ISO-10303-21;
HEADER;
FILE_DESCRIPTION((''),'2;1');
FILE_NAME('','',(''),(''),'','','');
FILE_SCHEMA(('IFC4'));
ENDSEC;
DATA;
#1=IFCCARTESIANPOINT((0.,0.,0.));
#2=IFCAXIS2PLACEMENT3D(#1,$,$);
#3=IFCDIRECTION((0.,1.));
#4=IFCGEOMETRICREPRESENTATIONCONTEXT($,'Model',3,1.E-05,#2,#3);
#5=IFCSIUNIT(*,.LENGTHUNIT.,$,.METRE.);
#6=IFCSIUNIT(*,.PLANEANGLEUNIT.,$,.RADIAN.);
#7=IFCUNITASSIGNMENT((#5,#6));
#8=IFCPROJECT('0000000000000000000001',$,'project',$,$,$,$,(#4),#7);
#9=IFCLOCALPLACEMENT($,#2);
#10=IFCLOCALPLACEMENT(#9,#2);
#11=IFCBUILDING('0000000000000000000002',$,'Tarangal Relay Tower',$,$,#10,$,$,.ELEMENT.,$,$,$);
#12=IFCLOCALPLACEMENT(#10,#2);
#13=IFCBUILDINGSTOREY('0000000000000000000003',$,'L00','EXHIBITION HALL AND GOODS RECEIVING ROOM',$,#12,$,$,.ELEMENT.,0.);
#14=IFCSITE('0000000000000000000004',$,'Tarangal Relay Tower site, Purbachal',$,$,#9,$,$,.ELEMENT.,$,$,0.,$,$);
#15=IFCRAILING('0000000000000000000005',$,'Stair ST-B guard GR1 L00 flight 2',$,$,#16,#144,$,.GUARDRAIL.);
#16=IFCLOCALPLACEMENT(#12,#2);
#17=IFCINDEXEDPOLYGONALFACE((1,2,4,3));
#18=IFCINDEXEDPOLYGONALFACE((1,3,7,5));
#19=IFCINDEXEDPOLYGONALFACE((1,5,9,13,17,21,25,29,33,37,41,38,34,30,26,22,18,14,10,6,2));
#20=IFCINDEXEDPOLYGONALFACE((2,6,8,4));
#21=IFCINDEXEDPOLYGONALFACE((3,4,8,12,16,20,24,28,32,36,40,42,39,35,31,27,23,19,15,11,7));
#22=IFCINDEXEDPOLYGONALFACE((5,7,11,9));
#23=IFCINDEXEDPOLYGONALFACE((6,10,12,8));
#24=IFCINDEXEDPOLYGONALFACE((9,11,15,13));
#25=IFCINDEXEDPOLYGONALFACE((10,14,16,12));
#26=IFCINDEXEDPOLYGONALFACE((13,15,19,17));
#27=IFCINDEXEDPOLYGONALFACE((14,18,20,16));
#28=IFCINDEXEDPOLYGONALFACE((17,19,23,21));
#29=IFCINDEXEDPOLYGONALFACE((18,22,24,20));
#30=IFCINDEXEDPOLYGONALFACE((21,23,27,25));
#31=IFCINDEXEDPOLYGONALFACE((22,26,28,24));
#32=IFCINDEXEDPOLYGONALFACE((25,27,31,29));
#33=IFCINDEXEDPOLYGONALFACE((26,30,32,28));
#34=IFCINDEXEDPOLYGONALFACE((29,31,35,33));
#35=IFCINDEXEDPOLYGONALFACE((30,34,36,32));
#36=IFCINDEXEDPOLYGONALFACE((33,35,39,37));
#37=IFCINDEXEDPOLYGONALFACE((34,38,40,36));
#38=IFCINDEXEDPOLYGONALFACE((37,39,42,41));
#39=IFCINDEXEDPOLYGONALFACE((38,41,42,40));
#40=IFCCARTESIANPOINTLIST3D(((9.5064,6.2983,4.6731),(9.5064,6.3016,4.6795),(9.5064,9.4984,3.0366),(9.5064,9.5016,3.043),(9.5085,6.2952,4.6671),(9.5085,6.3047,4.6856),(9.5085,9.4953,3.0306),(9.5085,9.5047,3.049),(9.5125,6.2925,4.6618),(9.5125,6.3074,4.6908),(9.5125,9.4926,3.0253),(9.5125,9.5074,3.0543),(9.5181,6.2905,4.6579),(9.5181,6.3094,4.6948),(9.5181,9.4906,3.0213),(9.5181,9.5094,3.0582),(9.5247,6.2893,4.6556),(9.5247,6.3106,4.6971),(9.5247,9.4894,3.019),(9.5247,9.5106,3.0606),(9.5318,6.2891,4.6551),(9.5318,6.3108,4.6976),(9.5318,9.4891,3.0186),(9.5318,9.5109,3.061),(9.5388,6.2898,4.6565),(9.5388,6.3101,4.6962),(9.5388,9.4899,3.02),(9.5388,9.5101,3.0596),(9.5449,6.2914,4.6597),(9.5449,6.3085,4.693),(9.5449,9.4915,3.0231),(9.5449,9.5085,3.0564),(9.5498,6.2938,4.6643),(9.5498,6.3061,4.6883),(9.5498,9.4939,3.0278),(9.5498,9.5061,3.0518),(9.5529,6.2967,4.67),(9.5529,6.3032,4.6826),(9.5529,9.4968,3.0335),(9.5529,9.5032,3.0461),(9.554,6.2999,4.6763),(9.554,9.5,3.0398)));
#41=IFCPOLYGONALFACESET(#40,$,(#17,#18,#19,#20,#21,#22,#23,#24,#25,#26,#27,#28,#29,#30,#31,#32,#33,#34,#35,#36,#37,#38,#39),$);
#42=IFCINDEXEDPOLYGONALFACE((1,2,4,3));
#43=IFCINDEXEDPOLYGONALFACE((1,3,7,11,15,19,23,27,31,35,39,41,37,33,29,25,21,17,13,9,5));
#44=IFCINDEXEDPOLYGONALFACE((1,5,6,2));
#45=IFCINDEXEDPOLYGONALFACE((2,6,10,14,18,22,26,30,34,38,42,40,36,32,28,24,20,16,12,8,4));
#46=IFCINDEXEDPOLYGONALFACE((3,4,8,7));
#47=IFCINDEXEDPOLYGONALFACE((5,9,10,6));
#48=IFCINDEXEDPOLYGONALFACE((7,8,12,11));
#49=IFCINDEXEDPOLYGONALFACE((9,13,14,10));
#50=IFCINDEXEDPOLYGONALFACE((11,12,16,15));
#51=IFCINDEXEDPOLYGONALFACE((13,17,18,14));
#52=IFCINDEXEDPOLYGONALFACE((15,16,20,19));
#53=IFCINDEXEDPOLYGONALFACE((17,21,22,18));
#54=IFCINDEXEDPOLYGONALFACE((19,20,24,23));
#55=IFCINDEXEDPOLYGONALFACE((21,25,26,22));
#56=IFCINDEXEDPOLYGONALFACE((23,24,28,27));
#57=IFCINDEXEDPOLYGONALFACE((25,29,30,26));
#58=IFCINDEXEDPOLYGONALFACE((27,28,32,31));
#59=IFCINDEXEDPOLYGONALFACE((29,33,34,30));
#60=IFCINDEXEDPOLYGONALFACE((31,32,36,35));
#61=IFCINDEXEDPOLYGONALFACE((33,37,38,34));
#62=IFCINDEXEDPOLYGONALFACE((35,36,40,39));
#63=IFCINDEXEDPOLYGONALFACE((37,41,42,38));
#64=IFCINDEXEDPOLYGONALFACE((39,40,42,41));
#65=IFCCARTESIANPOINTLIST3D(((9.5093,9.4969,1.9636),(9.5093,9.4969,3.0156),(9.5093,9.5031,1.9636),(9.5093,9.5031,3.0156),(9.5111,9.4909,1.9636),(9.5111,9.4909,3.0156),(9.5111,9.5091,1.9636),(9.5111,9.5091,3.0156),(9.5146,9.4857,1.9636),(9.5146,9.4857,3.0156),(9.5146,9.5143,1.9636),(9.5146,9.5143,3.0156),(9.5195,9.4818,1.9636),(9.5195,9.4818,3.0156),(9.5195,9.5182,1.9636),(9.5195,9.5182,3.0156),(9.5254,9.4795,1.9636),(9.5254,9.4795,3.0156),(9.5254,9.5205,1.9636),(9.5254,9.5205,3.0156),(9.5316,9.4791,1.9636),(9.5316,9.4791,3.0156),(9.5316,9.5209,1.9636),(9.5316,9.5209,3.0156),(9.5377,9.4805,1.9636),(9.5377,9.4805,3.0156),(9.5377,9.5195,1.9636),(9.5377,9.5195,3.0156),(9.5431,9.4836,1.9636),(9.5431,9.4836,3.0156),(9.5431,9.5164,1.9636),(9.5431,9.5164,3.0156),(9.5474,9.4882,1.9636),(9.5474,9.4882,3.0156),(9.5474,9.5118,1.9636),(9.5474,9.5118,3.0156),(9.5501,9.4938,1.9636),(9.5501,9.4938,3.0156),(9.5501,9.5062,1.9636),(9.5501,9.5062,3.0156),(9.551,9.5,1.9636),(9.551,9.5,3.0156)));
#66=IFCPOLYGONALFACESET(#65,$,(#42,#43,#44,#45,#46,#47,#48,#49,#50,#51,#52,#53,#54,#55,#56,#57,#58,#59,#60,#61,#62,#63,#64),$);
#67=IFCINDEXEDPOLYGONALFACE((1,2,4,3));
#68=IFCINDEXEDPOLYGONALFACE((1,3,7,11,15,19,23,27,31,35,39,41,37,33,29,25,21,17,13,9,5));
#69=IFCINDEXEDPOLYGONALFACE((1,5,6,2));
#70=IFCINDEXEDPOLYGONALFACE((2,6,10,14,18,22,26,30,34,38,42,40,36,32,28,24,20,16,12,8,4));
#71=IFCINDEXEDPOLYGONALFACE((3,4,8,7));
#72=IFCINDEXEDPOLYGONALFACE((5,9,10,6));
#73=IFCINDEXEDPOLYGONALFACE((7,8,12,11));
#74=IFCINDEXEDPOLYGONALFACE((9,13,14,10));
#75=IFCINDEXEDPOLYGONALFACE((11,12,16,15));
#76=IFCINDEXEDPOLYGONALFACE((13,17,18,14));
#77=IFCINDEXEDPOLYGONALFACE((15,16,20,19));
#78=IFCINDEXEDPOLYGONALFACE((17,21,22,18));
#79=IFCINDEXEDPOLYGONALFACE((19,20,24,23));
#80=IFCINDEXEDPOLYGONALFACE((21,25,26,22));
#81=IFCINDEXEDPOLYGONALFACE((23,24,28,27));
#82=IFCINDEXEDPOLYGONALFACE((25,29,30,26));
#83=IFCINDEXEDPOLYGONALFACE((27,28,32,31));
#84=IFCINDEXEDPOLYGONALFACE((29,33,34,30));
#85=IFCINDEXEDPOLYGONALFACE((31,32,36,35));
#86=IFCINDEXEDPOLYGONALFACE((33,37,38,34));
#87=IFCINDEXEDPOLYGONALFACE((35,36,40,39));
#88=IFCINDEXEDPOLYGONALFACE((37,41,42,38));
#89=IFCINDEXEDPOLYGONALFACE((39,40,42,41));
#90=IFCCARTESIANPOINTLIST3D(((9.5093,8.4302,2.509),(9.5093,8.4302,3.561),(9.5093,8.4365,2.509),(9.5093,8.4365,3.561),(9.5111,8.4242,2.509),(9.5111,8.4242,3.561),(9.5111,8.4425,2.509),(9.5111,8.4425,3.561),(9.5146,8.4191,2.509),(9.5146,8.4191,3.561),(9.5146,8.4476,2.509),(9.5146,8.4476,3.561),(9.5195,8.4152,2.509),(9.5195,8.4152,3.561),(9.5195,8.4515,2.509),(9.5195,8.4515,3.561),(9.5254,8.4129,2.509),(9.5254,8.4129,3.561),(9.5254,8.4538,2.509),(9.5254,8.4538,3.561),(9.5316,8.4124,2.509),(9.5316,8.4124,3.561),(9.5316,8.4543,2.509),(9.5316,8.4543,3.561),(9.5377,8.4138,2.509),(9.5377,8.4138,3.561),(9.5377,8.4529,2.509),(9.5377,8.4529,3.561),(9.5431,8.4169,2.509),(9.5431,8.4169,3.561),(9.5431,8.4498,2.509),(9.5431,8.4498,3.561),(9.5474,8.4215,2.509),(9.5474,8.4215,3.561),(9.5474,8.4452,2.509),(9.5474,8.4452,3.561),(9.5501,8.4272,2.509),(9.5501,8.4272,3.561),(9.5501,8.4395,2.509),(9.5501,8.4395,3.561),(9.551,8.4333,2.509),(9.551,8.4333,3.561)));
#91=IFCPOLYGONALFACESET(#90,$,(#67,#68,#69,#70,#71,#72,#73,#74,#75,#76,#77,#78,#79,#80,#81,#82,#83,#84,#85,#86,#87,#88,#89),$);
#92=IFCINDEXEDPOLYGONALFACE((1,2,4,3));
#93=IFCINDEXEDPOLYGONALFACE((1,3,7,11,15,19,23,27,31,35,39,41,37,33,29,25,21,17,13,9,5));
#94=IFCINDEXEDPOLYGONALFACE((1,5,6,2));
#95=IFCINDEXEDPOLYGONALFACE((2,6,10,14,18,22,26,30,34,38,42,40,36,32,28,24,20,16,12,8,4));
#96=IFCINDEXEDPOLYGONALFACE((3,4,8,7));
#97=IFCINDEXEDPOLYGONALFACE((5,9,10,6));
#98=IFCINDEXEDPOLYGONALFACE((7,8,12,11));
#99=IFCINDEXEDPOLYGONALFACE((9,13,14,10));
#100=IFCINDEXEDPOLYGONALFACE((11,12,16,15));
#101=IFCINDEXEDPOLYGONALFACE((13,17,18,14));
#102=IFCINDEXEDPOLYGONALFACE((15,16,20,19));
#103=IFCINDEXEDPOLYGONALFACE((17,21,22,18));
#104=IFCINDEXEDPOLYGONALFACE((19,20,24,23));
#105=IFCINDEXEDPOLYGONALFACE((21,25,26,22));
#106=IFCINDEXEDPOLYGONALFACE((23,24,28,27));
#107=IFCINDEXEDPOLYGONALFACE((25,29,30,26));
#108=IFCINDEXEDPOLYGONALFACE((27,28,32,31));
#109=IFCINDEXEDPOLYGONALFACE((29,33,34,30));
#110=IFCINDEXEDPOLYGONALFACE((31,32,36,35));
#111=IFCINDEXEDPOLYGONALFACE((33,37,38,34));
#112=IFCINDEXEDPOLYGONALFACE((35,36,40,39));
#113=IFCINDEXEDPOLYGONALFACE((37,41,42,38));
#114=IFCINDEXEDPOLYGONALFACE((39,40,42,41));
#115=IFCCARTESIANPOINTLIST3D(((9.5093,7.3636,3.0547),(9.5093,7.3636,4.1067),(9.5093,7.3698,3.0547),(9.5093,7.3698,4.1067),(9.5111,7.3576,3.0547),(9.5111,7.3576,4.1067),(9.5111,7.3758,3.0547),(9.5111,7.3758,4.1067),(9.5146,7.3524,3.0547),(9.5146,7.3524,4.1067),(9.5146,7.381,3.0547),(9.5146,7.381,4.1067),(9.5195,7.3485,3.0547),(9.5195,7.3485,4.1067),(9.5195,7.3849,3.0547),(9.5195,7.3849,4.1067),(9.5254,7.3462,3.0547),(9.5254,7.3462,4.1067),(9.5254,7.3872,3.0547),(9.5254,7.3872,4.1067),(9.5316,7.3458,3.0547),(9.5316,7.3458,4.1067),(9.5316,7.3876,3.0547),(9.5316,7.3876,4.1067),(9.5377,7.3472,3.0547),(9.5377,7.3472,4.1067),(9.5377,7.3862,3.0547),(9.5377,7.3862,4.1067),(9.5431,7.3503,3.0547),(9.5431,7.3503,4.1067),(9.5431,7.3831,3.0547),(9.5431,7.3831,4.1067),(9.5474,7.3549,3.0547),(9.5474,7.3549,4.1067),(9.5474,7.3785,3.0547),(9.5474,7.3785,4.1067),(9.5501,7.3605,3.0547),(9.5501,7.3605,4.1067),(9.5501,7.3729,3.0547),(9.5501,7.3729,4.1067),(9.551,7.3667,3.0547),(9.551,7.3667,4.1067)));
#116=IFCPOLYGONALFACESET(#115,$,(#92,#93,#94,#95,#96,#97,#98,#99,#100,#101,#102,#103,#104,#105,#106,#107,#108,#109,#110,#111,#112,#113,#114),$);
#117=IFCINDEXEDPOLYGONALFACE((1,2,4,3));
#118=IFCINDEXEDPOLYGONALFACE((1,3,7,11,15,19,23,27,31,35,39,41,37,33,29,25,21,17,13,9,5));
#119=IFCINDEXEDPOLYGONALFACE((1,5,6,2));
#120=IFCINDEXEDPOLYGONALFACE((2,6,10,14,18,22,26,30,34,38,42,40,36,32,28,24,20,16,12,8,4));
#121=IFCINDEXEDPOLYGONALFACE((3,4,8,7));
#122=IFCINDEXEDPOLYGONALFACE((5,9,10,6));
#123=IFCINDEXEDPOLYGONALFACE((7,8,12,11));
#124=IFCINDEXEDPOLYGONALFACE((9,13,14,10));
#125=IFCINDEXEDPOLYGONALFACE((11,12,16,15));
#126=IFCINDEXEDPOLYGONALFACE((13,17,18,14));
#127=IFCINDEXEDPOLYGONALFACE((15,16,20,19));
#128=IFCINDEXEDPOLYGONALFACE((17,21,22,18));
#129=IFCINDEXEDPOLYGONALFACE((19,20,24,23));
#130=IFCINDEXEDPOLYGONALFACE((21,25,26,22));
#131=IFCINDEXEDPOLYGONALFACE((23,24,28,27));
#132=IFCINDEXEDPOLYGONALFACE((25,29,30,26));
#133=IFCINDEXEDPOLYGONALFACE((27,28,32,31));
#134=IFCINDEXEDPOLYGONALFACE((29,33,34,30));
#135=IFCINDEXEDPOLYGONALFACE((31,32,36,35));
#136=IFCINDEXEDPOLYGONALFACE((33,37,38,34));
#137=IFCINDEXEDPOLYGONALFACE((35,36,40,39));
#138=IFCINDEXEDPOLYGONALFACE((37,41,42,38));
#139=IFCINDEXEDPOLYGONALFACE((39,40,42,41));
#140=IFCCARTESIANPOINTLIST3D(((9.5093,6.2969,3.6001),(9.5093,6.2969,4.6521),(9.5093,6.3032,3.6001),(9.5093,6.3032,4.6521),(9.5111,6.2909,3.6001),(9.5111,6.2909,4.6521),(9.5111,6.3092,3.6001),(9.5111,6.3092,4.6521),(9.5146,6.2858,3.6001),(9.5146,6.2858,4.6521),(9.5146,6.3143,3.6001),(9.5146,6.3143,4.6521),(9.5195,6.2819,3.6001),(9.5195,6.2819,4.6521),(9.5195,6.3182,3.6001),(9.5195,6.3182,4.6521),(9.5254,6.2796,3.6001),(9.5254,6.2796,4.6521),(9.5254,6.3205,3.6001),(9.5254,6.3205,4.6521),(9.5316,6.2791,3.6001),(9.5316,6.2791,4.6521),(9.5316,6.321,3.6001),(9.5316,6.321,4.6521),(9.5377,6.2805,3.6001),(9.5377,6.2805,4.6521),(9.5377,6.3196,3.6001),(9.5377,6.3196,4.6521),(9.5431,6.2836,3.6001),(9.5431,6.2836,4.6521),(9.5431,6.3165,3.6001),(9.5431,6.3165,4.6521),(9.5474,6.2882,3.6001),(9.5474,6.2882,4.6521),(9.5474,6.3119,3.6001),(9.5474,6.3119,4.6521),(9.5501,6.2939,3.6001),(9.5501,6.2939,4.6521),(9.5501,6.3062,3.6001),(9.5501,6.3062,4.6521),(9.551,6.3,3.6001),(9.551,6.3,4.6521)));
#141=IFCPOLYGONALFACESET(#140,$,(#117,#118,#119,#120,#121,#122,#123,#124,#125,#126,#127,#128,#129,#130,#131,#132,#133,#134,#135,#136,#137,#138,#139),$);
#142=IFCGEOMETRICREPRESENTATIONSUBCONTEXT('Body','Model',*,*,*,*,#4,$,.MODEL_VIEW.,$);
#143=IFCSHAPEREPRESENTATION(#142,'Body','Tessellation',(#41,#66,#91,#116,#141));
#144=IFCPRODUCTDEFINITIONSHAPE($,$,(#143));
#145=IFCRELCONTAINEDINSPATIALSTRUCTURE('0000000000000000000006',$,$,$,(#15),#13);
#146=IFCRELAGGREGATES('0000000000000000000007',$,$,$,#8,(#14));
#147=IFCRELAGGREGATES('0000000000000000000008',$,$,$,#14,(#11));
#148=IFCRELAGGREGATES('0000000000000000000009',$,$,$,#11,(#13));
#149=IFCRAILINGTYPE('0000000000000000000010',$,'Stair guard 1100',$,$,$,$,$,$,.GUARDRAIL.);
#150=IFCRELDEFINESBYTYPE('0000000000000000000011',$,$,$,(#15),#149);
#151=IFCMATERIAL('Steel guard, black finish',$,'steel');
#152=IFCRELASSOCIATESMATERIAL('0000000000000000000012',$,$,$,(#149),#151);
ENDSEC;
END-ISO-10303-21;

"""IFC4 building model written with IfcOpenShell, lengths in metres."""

from ifc_helpers import new_model, si_unit, direction, frame, origin, origin_2d, place, context, subcontext, project, spatial, circle, extrude, material, type_object, element, save


model = new_model("IFC4")

# Units and contexts
model_context = context("Model", 3, precision=1e-05, world=origin(), true_north=direction((0.0, 1.0)))
body_context = subcontext(model_context, "Body", "Model", "MODEL_VIEW")
ifc_project = project(units=[si_unit("LENGTHUNIT", "METRE"), si_unit("PLANEANGLEUNIT", "RADIAN")], contexts=[model_context])

# Site, building, storey
site_placement = place(None, origin())
site = spatial("IfcSite", under=ifc_project, at=site_placement, Name="Tarangal Relay Tower site, Purbachal", CompositionType="ELEMENT", RefElevation=0.0)
building_placement = place(site_placement, origin())
building = spatial("IfcBuilding", under=site, at=building_placement, Name="Tarangal Relay Tower", CompositionType="ELEMENT")
storey_placement = place(building_placement, origin())
storey = spatial("IfcBuildingStorey", under=building, at=storey_placement, Name="L00", Description="EXHIBITION HALL AND GOODS RECEIVING ROOM", CompositionType="ELEMENT", Elevation=0.0)

# Railing
ifc_material_1 = material(Name="Steel guard, black finish", Category="steel")
railing_type = type_object("IfcRailingType", Name="Stair guard 1100", PredefinedType="GUARDRAIL", material=ifc_material_1)
railing_1_placement = place(storey_placement, frame((9.53, 9.5, 1.9636)))
element("IfcRailing", 1, at=railing_1_placement, inside=storey, type_object=railing_type, Name="Stair ST-B guard GR1 L00 flight 2", PredefinedType="GUARDRAIL", context=body_context, shape_type="SweptSolid", body=[
    extrude(circle(Radius=0.0239, at=origin_2d()), frame((0.0, 0.0, 1.0762), z_axis=(0.0, -0.890328, 0.455319), x_axis=(1.0, 0.0, 0.0)), (0.0, 0.0, 1.0), 3.5942),
    extrude(circle(Radius=0.021, at=origin_2d()), origin(), (0.0, 0.0, 1.0), 1.052),
    extrude(circle(Radius=0.021, at=origin_2d()), frame((0.0, -1.0667, 0.5454)), (0.0, 0.0, 1.0), 1.052),
    extrude(circle(Radius=0.021, at=origin_2d()), frame((0.0, -2.1333, 1.0911)), (0.0, 0.0, 1.0), 1.052),
    extrude(circle(Radius=0.021, at=origin_2d()), frame((0.0, -3.2, 1.6365)), (0.0, 0.0, 1.0), 1.052),
])

save(model, "model.ifc")
